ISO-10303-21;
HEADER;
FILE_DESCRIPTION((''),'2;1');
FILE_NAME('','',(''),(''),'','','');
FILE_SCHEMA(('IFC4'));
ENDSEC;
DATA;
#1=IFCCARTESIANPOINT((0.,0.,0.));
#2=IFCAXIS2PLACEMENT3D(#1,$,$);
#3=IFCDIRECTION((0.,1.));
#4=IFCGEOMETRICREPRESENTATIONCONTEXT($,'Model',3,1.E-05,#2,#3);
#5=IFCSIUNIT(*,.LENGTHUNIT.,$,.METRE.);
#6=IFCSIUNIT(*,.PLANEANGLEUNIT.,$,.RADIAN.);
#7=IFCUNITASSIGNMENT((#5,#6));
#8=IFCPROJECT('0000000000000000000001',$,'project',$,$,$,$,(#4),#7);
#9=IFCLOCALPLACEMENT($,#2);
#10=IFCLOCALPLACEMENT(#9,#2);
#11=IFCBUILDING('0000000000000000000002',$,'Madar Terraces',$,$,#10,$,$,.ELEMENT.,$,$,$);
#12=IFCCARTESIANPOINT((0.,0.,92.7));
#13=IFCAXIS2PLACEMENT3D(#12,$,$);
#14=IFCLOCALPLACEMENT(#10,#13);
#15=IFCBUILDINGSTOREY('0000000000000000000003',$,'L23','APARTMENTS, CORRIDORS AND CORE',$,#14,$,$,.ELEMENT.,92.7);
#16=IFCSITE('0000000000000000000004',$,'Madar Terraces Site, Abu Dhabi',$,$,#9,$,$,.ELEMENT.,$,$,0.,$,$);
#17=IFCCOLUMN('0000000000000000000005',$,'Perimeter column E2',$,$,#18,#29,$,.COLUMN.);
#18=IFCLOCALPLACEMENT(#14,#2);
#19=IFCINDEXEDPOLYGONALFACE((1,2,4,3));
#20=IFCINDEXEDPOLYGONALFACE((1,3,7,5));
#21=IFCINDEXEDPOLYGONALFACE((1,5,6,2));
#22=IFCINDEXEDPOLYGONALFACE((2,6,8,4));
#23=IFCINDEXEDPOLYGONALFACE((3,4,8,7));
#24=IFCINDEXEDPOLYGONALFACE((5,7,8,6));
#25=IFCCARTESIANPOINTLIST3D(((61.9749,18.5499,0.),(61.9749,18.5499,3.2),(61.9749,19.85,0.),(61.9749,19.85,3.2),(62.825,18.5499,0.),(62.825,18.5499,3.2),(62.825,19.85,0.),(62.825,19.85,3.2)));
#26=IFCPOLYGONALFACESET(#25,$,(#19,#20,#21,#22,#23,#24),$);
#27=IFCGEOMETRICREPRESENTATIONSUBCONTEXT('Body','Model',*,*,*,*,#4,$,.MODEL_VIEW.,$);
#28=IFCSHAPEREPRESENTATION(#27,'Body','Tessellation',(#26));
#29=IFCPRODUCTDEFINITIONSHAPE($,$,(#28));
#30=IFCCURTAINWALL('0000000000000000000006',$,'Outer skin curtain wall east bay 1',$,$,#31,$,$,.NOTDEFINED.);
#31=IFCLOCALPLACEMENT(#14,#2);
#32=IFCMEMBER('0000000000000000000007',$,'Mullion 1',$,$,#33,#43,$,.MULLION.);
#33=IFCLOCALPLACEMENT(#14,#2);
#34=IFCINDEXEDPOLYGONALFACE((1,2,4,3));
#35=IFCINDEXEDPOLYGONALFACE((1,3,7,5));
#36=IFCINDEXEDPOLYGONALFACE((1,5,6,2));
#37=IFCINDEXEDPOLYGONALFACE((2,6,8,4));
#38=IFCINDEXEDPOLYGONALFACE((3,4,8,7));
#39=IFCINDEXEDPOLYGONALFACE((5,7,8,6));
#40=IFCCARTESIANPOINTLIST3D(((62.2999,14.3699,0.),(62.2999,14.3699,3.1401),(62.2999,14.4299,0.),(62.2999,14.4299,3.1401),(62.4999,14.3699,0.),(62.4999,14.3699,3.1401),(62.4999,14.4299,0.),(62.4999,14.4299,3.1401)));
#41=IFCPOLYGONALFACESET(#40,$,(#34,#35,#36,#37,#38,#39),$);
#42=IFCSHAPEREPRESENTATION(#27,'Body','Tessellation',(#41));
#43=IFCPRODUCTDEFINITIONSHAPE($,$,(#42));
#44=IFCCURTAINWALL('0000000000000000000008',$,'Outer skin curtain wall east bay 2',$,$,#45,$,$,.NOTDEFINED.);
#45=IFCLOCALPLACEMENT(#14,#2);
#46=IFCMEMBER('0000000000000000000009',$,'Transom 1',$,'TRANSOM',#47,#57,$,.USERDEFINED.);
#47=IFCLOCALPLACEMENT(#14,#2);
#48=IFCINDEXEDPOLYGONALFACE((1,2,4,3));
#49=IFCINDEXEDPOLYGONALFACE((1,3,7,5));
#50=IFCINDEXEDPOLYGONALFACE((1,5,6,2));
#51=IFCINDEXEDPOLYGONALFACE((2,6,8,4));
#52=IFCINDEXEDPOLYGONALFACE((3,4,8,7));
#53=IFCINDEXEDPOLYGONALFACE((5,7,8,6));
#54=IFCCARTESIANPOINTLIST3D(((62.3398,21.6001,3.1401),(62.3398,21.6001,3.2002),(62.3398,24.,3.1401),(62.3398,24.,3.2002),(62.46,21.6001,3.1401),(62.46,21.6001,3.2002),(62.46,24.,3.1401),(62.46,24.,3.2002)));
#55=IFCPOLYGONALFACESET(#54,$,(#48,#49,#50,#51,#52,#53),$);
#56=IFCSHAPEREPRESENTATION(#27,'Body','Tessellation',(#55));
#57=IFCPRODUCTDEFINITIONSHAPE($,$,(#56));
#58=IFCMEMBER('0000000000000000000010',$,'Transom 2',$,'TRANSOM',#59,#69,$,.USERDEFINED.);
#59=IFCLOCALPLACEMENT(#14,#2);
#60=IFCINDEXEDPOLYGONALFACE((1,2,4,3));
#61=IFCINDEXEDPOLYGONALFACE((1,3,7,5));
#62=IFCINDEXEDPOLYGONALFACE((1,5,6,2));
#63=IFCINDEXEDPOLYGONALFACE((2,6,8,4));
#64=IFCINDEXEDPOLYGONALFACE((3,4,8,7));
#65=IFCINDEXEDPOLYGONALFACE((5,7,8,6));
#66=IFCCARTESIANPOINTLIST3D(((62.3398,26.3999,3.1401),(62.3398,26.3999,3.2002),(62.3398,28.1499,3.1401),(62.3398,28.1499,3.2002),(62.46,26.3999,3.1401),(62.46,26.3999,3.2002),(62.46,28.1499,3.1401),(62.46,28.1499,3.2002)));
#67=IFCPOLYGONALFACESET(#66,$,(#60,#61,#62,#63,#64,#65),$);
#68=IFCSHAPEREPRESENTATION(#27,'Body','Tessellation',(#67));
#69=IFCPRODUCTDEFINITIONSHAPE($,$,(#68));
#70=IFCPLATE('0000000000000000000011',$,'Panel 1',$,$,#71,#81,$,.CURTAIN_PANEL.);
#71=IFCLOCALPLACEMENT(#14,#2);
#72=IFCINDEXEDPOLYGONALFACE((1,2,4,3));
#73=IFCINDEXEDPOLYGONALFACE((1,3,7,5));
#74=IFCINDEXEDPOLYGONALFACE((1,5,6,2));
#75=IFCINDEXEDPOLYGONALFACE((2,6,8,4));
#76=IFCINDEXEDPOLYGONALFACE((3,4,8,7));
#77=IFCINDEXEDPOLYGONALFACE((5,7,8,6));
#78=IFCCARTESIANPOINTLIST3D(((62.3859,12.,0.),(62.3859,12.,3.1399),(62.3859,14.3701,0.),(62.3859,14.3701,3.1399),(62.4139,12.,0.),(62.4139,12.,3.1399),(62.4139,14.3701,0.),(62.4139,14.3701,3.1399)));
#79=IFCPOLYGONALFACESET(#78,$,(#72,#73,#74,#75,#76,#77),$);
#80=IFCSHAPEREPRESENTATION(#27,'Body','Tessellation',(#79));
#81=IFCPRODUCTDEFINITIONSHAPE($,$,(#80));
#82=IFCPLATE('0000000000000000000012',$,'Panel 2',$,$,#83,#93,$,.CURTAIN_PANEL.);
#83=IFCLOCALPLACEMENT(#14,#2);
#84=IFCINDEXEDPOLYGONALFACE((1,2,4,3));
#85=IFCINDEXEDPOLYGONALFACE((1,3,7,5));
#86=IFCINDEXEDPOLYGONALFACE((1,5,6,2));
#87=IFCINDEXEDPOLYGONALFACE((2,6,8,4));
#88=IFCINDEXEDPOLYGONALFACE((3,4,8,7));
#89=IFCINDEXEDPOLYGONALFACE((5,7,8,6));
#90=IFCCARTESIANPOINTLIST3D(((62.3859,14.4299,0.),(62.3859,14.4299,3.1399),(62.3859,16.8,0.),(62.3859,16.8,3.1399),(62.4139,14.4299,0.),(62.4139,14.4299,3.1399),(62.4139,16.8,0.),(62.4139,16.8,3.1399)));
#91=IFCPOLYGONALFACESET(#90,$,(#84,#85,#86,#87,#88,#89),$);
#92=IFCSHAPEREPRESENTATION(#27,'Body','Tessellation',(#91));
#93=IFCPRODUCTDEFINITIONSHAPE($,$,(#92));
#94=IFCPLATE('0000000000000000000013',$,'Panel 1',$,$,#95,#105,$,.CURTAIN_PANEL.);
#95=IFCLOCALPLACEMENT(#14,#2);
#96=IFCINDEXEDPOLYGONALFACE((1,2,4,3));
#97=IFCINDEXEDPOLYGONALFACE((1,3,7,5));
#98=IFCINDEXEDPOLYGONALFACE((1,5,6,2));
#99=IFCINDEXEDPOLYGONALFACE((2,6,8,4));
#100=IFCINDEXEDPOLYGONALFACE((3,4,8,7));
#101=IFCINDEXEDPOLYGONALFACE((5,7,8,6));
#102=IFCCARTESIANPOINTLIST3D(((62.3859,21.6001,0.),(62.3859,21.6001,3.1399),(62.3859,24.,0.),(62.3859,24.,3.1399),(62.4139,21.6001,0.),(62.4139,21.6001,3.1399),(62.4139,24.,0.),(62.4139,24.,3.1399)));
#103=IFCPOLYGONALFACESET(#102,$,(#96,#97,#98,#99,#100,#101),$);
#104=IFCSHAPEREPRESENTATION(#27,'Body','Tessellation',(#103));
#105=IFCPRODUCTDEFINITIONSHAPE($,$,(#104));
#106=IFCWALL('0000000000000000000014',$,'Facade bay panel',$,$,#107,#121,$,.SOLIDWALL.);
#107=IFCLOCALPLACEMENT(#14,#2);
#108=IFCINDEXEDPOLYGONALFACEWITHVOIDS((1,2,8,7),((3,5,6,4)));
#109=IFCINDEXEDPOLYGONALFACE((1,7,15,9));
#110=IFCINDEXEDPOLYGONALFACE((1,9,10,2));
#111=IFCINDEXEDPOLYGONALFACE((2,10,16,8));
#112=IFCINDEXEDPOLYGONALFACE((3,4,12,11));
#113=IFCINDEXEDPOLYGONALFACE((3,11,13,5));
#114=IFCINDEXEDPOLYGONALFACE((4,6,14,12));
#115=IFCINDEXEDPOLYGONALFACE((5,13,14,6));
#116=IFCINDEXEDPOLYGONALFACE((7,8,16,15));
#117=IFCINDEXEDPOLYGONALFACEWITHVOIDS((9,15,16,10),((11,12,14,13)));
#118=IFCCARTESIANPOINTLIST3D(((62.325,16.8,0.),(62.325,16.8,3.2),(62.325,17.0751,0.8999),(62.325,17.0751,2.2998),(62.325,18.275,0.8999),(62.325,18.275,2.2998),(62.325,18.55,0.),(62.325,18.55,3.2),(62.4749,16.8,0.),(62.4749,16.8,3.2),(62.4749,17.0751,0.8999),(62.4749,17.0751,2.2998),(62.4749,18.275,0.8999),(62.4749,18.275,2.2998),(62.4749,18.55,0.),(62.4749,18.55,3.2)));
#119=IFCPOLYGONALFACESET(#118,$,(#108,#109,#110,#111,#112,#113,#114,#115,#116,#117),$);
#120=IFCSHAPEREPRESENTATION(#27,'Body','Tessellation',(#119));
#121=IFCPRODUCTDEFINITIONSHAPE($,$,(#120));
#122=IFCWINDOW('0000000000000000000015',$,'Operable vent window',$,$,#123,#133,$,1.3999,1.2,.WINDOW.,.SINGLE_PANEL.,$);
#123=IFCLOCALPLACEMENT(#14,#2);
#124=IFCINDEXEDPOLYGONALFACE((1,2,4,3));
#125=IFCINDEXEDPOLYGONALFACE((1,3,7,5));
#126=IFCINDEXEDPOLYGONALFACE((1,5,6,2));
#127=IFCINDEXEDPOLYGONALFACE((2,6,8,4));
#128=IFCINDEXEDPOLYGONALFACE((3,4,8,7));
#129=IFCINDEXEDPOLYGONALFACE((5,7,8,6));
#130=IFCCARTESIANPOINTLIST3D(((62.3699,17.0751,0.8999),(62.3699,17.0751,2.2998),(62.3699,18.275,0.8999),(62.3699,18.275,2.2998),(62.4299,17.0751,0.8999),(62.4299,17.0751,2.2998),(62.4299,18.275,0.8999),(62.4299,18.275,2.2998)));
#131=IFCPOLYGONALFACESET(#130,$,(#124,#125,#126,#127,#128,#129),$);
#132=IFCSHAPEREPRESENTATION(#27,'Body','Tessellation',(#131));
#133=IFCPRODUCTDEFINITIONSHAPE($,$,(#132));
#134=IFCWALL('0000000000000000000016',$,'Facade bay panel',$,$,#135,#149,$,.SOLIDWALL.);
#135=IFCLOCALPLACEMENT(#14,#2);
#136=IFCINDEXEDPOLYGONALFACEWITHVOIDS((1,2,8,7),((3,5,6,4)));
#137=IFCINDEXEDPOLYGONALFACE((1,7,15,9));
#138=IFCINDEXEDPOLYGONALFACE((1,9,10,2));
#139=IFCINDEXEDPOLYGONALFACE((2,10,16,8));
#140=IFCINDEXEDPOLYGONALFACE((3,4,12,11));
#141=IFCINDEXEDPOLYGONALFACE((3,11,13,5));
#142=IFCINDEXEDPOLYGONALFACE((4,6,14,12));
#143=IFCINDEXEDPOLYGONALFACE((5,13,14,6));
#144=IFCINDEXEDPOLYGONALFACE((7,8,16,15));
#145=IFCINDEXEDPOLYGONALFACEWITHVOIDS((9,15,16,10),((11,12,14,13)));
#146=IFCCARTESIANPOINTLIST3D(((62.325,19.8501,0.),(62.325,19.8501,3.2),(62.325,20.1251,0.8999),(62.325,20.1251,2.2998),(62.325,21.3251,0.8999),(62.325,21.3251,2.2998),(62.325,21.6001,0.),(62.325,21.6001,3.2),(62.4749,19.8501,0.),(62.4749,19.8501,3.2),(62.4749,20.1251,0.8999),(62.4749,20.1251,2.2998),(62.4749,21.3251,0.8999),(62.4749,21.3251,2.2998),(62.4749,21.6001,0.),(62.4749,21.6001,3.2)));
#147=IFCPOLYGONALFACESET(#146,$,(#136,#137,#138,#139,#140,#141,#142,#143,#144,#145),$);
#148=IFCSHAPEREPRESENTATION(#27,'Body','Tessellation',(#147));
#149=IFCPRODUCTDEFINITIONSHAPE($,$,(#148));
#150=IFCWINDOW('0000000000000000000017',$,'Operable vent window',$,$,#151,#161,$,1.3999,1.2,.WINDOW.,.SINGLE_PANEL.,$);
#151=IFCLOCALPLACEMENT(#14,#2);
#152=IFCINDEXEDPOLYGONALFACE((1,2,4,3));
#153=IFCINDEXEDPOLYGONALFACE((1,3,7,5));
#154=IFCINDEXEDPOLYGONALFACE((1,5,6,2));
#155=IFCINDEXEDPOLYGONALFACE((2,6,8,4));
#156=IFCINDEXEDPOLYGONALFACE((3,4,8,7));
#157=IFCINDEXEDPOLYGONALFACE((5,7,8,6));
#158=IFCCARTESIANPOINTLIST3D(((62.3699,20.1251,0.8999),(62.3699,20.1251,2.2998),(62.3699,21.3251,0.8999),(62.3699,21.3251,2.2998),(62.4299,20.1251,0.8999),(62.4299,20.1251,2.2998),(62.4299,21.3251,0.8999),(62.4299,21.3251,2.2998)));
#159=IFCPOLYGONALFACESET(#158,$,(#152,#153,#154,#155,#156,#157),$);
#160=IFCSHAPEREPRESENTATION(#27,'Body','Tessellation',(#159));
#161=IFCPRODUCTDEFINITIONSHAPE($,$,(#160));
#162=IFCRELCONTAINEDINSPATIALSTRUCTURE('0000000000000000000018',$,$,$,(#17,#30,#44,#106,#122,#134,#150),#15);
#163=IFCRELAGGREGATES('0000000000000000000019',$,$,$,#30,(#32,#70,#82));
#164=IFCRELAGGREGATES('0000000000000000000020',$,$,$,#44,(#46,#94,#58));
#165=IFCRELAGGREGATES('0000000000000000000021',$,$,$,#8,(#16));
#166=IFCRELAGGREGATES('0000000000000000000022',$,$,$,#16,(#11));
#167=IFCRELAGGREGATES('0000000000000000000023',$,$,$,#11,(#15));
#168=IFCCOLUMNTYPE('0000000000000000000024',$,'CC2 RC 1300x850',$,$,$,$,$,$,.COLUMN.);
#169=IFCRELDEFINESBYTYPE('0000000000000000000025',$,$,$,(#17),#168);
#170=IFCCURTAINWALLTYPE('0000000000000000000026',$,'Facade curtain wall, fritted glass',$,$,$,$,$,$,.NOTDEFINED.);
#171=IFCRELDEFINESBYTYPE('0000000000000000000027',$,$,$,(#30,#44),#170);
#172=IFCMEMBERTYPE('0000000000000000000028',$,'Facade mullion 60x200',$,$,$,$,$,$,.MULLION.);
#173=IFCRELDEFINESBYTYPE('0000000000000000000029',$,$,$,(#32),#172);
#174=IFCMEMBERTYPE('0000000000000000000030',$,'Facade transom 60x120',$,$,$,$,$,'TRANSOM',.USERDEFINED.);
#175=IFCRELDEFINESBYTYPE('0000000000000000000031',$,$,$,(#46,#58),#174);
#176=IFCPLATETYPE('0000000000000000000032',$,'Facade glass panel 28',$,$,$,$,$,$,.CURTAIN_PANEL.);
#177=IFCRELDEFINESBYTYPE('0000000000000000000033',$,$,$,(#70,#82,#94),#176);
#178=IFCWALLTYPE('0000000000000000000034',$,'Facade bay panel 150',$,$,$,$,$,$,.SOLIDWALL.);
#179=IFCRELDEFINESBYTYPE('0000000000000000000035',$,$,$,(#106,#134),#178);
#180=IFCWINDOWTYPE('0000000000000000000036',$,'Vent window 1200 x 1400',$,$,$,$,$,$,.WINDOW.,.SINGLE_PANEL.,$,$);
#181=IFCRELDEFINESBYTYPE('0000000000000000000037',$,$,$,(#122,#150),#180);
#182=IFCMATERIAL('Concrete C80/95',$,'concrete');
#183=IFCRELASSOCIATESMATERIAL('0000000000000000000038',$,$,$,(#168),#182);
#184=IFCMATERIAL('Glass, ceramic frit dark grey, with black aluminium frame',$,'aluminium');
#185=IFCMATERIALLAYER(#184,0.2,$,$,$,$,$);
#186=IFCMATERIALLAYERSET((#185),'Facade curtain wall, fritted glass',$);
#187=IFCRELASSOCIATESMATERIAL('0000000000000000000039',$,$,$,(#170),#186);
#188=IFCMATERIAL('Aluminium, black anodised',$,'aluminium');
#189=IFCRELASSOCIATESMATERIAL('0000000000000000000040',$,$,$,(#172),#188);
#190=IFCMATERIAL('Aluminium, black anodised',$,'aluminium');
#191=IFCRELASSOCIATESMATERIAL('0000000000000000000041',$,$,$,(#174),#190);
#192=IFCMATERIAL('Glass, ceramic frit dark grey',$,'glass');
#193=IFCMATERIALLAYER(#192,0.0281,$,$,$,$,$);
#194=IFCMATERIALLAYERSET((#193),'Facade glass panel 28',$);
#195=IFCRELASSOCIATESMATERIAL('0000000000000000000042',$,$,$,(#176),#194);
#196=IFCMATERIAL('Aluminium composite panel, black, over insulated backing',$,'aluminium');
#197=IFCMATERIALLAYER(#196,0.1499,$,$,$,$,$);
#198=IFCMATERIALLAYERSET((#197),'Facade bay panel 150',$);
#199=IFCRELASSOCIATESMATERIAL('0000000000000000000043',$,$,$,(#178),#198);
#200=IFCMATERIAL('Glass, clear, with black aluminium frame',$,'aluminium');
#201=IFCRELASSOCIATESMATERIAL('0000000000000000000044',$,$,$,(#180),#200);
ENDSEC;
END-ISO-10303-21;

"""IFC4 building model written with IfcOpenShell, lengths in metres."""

from ifc_helpers import new_model, si_unit, direction, frame, frame_2d, origin, origin_2d, place, context, subcontext, project, spatial, rectangle, extrude, material, layer, layer_set, material_profile, profile_set, type_object, element, fill, aggregate, save


model = new_model("IFC4")

# Units and contexts
model_context = context("Model", 3, precision=1e-05, world=origin(), true_north=direction((0.0, 1.0)))
body_context = subcontext(model_context, "Body", "Model", "MODEL_VIEW")
ifc_project = project(units=[si_unit("LENGTHUNIT", "METRE"), si_unit("PLANEANGLEUNIT", "RADIAN")], contexts=[model_context])

# Site, building, storey
site_placement = place(None, origin())
site = spatial("IfcSite", under=ifc_project, at=site_placement, Name="Madar Terraces Site, Abu Dhabi", CompositionType="ELEMENT", RefElevation=0.0)
building_placement = place(site_placement, origin())
building = spatial("IfcBuilding", under=site, at=building_placement, Name="Madar Terraces", CompositionType="ELEMENT")
storey_placement = place(building_placement, frame((0.0, 0.0, 92.7)))
storey = spatial("IfcBuildingStorey", under=building, at=storey_placement, Name="L23", Description="APARTMENTS, CORRIDORS AND CORE", CompositionType="ELEMENT", Elevation=92.7)

# Column
ifc_material_1 = material(Name="Concrete C80/95", Category="concrete")
ifc_material_profile_1 = material_profile(ifc_material_1, rectangle(XDim=1.3, YDim=0.8501, at=origin_2d()), Name="CC2 RC 1300x850")
ifc_profile_set_1 = profile_set([ifc_material_profile_1], Name="Concrete C80/95")
column_type = type_object("IfcColumnType", Name="CC2 RC 1300x850", PredefinedType="COLUMN", material=ifc_profile_set_1)
column_placement = place(storey_placement, frame((62.3999, 19.2, 0.0), z_axis=(0.0, 0.0, 1.0), x_axis=(0.0, 1.0, 0.0)))
element("IfcColumn", 1, at=column_placement, inside=storey, type_object=column_type, Name="Perimeter column E2", PredefinedType="COLUMN", context=body_context, shape_type="SweptSolid", body=[
    extrude(rectangle(XDim=1.3, YDim=0.8501, at=origin_2d()), origin(), (0.0, 0.0, 1.0), 3.2),
])

# Curtain wall, member
ifc_material_2 = material(Name="Glass, ceramic frit dark grey, with black aluminium frame", Category="aluminium")
ifc_layer_1 = layer(ifc_material_2, 0.2)
ifc_layer_set_1 = layer_set([ifc_layer_1], Name="Facade curtain wall, fritted glass")
curtain_wall_type = type_object("IfcCurtainWallType", Name="Facade curtain wall, fritted glass", PredefinedType="NOTDEFINED", material=ifc_layer_set_1)
curtain_wall_1_placement = place(storey_placement, origin())
curtain_wall_1 = element("IfcCurtainWall", 2, at=curtain_wall_1_placement, inside=storey, type_object=curtain_wall_type, Name="Outer skin curtain wall east bay 1", PredefinedType="NOTDEFINED")
ifc_material_3 = material(Name="Aluminium, black anodised", Category="aluminium")
ifc_material_profile_2 = material_profile(ifc_material_3, rectangle(XDim=0.2, YDim=0.0601, at=origin_2d()), Name="Facade mullion 60x200")
ifc_profile_set_2 = profile_set([ifc_material_profile_2], Name="Aluminium, black anodised")
member_type_1 = type_object("IfcMemberType", Name="Facade mullion 60x200", PredefinedType="MULLION", material=ifc_profile_set_2)
member_1_placement = place(storey_placement, frame((62.3999, 14.3999, 0.0), z_axis=(0.0, 0.0, 1.0), x_axis=(-1.0, 0.0, 0.0)))
member_1 = element("IfcMember", 3, at=member_1_placement, type_object=member_type_1, Name="Mullion 1", PredefinedType="MULLION", context=body_context, shape_type="SweptSolid", body=[
    extrude(rectangle(XDim=0.2, YDim=0.0601, at=origin_2d()), origin(), (0.0, 0.0, 1.0), 3.1401),
])

# Curtain wall, members
curtain_wall_2_placement = place(storey_placement, origin())
curtain_wall_2 = element("IfcCurtainWall", 4, at=curtain_wall_2_placement, inside=storey, type_object=curtain_wall_type, Name="Outer skin curtain wall east bay 2", PredefinedType="NOTDEFINED")
ifc_material_4 = material(Name="Aluminium, black anodised", Category="aluminium")
ifc_material_profile_3 = material_profile(ifc_material_4, rectangle(XDim=0.1201, YDim=0.0601, at=origin_2d()), Name="Facade transom 60x120")
ifc_profile_set_3 = profile_set([ifc_material_profile_3], Name="Aluminium, black anodised")
member_type_2 = type_object("IfcMemberType", Name="Facade transom 60x120", ElementType="TRANSOM", PredefinedType="USERDEFINED", material=ifc_profile_set_3)
member_2_placement = place(storey_placement, frame((62.3999, 21.6001, 3.1702), z_axis=(0.0, 1.0, 0.0), x_axis=(-1.0, 0.0, 0.0)))
member_2 = element("IfcMember", 5, at=member_2_placement, type_object=member_type_2, Name="Transom 1", ObjectType="TRANSOM", PredefinedType="USERDEFINED", context=body_context, shape_type="SweptSolid", body=[
    extrude(rectangle(XDim=0.1201, YDim=0.0601, at=origin_2d()), origin(), (0.0, 0.0, 1.0), 2.3999),
])
member_3_placement = place(storey_placement, frame((62.3999, 26.3999, 3.1702), z_axis=(0.0, 1.0, 0.0), x_axis=(-1.0, 0.0, 0.0)))
member_3 = element("IfcMember", 6, at=member_3_placement, type_object=member_type_2, Name="Transom 2", ObjectType="TRANSOM", PredefinedType="USERDEFINED", context=body_context, shape_type="SweptSolid", body=[
    extrude(rectangle(XDim=0.1201, YDim=0.0601, at=origin_2d()), origin(), (0.0, 0.0, 1.0), 1.75),
])

# Plates
ifc_material_5 = material(Name="Glass, ceramic frit dark grey", Category="glass")
ifc_layer_2 = layer(ifc_material_5, 0.0281)
ifc_layer_set_2 = layer_set([ifc_layer_2], Name="Facade glass panel 28")
plate_type = type_object("IfcPlateType", Name="Facade glass panel 28", PredefinedType="CURTAIN_PANEL", material=ifc_layer_set_2)
plate_1_placement = place(storey_placement, frame((62.3999, 13.1851, 0.0), z_axis=(0.0, 0.0, 1.0), x_axis=(0.0, 1.0, 0.0)))
plate_1 = element("IfcPlate", 7, at=plate_1_placement, type_object=plate_type, Name="Panel 1", PredefinedType="CURTAIN_PANEL", context=body_context, shape_type="SweptSolid", body=[
    extrude(rectangle(XDim=2.3701, YDim=0.0281, at=origin_2d()), origin(), (0.0, 0.0, 1.0), 3.1399),
])
plate_2_placement = place(storey_placement, frame((62.3999, 15.615, 0.0), z_axis=(0.0, 0.0, 1.0), x_axis=(0.0, 1.0, 0.0)))
plate_2 = element("IfcPlate", 8, at=plate_2_placement, type_object=plate_type, Name="Panel 2", PredefinedType="CURTAIN_PANEL", context=body_context, shape_type="SweptSolid", body=[
    extrude(rectangle(XDim=2.3701, YDim=0.0281, at=origin_2d()), origin(), (0.0, 0.0, 1.0), 3.1399),
])
aggregate(curtain_wall_1, [member_1, plate_1, plate_2])
plate_3_placement = place(storey_placement, frame((62.3999, 22.8, 0.0), z_axis=(0.0, 0.0, 1.0), x_axis=(0.0, 1.0, 0.0)))
plate_3 = element("IfcPlate", 9, at=plate_3_placement, type_object=plate_type, Name="Panel 1", PredefinedType="CURTAIN_PANEL", context=body_context, shape_type="SweptSolid", body=[
    extrude(rectangle(XDim=2.3999, YDim=0.0281, at=origin_2d()), origin(), (0.0, 0.0, 1.0), 3.1399),
])
aggregate(curtain_wall_2, [member_2, plate_3, member_3])

# Walls, openings, windows
ifc_material_6 = material(Name="Aluminium composite panel, black, over insulated backing", Category="aluminium")
ifc_layer_3 = layer(ifc_material_6, 0.1499)
ifc_layer_set_3 = layer_set([ifc_layer_3], Name="Facade bay panel 150")
wall_type_1 = type_object("IfcWallType", Name="Facade bay panel 150", PredefinedType="SOLIDWALL", material=ifc_layer_set_3)
wall_1_placement = place(storey_placement, frame((62.3999, 16.8, 0.0), z_axis=(0.0, 0.0, 1.0), x_axis=(0.0, 1.0, 0.0)))
wall_1 = element("IfcWall", 10, at=wall_1_placement, inside=storey, type_object=wall_type_1, Name="Facade bay panel", PredefinedType="SOLIDWALL", context=body_context, shape_type="SweptSolid", body=[
    extrude(rectangle(XDim=1.75, YDim=0.1499, at=frame_2d((0.875, 0.0))), origin(), (0.0, 0.0, 1.0), 3.2),
])
opening_1_placement = place(wall_1_placement, frame((0.2749, 0.0, 0.8999)))
opening_1 = element("IfcOpeningElement", 11, at=opening_1_placement, cuts=wall_1, PredefinedType="OPENING", context=body_context, shape_type="SweptSolid", body=[
    extrude(rectangle(XDim=1.2, YDim=1.3999, at=frame_2d((0.6001, 0.7))), frame((0.0, 0.085, 0.0), z_axis=(0.0, -1.0, 0.0), x_axis=(1.0, 0.0, 0.0)), (0.0, 0.0, 1.0), 0.1699),
])
ifc_material_7 = material(Name="Glass, clear, with black aluminium frame", Category="aluminium")
window_type = type_object("IfcWindowType", Name="Vent window 1200 x 1400", PartitioningType="SINGLE_PANEL", PredefinedType="WINDOW", material=ifc_material_7)
window_1_placement = place(opening_1_placement, origin())
window_1 = element("IfcWindow", 12, at=window_1_placement, inside=storey, type_object=window_type, Name="Operable vent window", OverallHeight=1.3999, OverallWidth=1.2, PartitioningType="SINGLE_PANEL", PredefinedType="WINDOW", context=body_context, shape_type="SweptSolid", body=[
    extrude(rectangle(XDim=1.2, YDim=1.3999, at=frame_2d((0.6001, 0.7))), frame((0.0, 0.03, 0.0), z_axis=(0.0, -1.0, 0.0), x_axis=(1.0, 0.0, 0.0)), (0.0, 0.0, 1.0), 0.0601),
])
fill(opening_1, window_1)
wall_2_placement = place(storey_placement, frame((62.3999, 19.8501, 0.0), z_axis=(0.0, 0.0, 1.0), x_axis=(0.0, 1.0, 0.0)))
wall_2 = element("IfcWall", 13, at=wall_2_placement, inside=storey, type_object=wall_type_1, Name="Facade bay panel", PredefinedType="SOLIDWALL", context=body_context, shape_type="SweptSolid", body=[
    extrude(rectangle(XDim=1.75, YDim=0.1499, at=frame_2d((0.875, 0.0))), origin(), (0.0, 0.0, 1.0), 3.2),
])
opening_2_placement = place(wall_2_placement, frame((0.2749, 0.0, 0.8999)))
opening_2 = element("IfcOpeningElement", 14, at=opening_2_placement, cuts=wall_2, PredefinedType="OPENING", context=body_context, shape_type="SweptSolid", body=[
    extrude(rectangle(XDim=1.2, YDim=1.3999, at=frame_2d((0.6001, 0.7))), frame((0.0, 0.085, 0.0), z_axis=(0.0, -1.0, 0.0), x_axis=(1.0, 0.0, 0.0)), (0.0, 0.0, 1.0), 0.1699),
])
window_2_placement = place(opening_2_placement, origin())
window_2 = element("IfcWindow", 15, at=window_2_placement, inside=storey, type_object=window_type, Name="Operable vent window", OverallHeight=1.3999, OverallWidth=1.2, PartitioningType="SINGLE_PANEL", PredefinedType="WINDOW", context=body_context, shape_type="SweptSolid", body=[
    extrude(rectangle(XDim=1.2, YDim=1.3999, at=frame_2d((0.6001, 0.7))), frame((0.0, 0.03, 0.0), z_axis=(0.0, -1.0, 0.0), x_axis=(1.0, 0.0, 0.0)), (0.0, 0.0, 1.0), 0.0601),
])
fill(opening_2, window_2)

save(model, "model.ifc")
